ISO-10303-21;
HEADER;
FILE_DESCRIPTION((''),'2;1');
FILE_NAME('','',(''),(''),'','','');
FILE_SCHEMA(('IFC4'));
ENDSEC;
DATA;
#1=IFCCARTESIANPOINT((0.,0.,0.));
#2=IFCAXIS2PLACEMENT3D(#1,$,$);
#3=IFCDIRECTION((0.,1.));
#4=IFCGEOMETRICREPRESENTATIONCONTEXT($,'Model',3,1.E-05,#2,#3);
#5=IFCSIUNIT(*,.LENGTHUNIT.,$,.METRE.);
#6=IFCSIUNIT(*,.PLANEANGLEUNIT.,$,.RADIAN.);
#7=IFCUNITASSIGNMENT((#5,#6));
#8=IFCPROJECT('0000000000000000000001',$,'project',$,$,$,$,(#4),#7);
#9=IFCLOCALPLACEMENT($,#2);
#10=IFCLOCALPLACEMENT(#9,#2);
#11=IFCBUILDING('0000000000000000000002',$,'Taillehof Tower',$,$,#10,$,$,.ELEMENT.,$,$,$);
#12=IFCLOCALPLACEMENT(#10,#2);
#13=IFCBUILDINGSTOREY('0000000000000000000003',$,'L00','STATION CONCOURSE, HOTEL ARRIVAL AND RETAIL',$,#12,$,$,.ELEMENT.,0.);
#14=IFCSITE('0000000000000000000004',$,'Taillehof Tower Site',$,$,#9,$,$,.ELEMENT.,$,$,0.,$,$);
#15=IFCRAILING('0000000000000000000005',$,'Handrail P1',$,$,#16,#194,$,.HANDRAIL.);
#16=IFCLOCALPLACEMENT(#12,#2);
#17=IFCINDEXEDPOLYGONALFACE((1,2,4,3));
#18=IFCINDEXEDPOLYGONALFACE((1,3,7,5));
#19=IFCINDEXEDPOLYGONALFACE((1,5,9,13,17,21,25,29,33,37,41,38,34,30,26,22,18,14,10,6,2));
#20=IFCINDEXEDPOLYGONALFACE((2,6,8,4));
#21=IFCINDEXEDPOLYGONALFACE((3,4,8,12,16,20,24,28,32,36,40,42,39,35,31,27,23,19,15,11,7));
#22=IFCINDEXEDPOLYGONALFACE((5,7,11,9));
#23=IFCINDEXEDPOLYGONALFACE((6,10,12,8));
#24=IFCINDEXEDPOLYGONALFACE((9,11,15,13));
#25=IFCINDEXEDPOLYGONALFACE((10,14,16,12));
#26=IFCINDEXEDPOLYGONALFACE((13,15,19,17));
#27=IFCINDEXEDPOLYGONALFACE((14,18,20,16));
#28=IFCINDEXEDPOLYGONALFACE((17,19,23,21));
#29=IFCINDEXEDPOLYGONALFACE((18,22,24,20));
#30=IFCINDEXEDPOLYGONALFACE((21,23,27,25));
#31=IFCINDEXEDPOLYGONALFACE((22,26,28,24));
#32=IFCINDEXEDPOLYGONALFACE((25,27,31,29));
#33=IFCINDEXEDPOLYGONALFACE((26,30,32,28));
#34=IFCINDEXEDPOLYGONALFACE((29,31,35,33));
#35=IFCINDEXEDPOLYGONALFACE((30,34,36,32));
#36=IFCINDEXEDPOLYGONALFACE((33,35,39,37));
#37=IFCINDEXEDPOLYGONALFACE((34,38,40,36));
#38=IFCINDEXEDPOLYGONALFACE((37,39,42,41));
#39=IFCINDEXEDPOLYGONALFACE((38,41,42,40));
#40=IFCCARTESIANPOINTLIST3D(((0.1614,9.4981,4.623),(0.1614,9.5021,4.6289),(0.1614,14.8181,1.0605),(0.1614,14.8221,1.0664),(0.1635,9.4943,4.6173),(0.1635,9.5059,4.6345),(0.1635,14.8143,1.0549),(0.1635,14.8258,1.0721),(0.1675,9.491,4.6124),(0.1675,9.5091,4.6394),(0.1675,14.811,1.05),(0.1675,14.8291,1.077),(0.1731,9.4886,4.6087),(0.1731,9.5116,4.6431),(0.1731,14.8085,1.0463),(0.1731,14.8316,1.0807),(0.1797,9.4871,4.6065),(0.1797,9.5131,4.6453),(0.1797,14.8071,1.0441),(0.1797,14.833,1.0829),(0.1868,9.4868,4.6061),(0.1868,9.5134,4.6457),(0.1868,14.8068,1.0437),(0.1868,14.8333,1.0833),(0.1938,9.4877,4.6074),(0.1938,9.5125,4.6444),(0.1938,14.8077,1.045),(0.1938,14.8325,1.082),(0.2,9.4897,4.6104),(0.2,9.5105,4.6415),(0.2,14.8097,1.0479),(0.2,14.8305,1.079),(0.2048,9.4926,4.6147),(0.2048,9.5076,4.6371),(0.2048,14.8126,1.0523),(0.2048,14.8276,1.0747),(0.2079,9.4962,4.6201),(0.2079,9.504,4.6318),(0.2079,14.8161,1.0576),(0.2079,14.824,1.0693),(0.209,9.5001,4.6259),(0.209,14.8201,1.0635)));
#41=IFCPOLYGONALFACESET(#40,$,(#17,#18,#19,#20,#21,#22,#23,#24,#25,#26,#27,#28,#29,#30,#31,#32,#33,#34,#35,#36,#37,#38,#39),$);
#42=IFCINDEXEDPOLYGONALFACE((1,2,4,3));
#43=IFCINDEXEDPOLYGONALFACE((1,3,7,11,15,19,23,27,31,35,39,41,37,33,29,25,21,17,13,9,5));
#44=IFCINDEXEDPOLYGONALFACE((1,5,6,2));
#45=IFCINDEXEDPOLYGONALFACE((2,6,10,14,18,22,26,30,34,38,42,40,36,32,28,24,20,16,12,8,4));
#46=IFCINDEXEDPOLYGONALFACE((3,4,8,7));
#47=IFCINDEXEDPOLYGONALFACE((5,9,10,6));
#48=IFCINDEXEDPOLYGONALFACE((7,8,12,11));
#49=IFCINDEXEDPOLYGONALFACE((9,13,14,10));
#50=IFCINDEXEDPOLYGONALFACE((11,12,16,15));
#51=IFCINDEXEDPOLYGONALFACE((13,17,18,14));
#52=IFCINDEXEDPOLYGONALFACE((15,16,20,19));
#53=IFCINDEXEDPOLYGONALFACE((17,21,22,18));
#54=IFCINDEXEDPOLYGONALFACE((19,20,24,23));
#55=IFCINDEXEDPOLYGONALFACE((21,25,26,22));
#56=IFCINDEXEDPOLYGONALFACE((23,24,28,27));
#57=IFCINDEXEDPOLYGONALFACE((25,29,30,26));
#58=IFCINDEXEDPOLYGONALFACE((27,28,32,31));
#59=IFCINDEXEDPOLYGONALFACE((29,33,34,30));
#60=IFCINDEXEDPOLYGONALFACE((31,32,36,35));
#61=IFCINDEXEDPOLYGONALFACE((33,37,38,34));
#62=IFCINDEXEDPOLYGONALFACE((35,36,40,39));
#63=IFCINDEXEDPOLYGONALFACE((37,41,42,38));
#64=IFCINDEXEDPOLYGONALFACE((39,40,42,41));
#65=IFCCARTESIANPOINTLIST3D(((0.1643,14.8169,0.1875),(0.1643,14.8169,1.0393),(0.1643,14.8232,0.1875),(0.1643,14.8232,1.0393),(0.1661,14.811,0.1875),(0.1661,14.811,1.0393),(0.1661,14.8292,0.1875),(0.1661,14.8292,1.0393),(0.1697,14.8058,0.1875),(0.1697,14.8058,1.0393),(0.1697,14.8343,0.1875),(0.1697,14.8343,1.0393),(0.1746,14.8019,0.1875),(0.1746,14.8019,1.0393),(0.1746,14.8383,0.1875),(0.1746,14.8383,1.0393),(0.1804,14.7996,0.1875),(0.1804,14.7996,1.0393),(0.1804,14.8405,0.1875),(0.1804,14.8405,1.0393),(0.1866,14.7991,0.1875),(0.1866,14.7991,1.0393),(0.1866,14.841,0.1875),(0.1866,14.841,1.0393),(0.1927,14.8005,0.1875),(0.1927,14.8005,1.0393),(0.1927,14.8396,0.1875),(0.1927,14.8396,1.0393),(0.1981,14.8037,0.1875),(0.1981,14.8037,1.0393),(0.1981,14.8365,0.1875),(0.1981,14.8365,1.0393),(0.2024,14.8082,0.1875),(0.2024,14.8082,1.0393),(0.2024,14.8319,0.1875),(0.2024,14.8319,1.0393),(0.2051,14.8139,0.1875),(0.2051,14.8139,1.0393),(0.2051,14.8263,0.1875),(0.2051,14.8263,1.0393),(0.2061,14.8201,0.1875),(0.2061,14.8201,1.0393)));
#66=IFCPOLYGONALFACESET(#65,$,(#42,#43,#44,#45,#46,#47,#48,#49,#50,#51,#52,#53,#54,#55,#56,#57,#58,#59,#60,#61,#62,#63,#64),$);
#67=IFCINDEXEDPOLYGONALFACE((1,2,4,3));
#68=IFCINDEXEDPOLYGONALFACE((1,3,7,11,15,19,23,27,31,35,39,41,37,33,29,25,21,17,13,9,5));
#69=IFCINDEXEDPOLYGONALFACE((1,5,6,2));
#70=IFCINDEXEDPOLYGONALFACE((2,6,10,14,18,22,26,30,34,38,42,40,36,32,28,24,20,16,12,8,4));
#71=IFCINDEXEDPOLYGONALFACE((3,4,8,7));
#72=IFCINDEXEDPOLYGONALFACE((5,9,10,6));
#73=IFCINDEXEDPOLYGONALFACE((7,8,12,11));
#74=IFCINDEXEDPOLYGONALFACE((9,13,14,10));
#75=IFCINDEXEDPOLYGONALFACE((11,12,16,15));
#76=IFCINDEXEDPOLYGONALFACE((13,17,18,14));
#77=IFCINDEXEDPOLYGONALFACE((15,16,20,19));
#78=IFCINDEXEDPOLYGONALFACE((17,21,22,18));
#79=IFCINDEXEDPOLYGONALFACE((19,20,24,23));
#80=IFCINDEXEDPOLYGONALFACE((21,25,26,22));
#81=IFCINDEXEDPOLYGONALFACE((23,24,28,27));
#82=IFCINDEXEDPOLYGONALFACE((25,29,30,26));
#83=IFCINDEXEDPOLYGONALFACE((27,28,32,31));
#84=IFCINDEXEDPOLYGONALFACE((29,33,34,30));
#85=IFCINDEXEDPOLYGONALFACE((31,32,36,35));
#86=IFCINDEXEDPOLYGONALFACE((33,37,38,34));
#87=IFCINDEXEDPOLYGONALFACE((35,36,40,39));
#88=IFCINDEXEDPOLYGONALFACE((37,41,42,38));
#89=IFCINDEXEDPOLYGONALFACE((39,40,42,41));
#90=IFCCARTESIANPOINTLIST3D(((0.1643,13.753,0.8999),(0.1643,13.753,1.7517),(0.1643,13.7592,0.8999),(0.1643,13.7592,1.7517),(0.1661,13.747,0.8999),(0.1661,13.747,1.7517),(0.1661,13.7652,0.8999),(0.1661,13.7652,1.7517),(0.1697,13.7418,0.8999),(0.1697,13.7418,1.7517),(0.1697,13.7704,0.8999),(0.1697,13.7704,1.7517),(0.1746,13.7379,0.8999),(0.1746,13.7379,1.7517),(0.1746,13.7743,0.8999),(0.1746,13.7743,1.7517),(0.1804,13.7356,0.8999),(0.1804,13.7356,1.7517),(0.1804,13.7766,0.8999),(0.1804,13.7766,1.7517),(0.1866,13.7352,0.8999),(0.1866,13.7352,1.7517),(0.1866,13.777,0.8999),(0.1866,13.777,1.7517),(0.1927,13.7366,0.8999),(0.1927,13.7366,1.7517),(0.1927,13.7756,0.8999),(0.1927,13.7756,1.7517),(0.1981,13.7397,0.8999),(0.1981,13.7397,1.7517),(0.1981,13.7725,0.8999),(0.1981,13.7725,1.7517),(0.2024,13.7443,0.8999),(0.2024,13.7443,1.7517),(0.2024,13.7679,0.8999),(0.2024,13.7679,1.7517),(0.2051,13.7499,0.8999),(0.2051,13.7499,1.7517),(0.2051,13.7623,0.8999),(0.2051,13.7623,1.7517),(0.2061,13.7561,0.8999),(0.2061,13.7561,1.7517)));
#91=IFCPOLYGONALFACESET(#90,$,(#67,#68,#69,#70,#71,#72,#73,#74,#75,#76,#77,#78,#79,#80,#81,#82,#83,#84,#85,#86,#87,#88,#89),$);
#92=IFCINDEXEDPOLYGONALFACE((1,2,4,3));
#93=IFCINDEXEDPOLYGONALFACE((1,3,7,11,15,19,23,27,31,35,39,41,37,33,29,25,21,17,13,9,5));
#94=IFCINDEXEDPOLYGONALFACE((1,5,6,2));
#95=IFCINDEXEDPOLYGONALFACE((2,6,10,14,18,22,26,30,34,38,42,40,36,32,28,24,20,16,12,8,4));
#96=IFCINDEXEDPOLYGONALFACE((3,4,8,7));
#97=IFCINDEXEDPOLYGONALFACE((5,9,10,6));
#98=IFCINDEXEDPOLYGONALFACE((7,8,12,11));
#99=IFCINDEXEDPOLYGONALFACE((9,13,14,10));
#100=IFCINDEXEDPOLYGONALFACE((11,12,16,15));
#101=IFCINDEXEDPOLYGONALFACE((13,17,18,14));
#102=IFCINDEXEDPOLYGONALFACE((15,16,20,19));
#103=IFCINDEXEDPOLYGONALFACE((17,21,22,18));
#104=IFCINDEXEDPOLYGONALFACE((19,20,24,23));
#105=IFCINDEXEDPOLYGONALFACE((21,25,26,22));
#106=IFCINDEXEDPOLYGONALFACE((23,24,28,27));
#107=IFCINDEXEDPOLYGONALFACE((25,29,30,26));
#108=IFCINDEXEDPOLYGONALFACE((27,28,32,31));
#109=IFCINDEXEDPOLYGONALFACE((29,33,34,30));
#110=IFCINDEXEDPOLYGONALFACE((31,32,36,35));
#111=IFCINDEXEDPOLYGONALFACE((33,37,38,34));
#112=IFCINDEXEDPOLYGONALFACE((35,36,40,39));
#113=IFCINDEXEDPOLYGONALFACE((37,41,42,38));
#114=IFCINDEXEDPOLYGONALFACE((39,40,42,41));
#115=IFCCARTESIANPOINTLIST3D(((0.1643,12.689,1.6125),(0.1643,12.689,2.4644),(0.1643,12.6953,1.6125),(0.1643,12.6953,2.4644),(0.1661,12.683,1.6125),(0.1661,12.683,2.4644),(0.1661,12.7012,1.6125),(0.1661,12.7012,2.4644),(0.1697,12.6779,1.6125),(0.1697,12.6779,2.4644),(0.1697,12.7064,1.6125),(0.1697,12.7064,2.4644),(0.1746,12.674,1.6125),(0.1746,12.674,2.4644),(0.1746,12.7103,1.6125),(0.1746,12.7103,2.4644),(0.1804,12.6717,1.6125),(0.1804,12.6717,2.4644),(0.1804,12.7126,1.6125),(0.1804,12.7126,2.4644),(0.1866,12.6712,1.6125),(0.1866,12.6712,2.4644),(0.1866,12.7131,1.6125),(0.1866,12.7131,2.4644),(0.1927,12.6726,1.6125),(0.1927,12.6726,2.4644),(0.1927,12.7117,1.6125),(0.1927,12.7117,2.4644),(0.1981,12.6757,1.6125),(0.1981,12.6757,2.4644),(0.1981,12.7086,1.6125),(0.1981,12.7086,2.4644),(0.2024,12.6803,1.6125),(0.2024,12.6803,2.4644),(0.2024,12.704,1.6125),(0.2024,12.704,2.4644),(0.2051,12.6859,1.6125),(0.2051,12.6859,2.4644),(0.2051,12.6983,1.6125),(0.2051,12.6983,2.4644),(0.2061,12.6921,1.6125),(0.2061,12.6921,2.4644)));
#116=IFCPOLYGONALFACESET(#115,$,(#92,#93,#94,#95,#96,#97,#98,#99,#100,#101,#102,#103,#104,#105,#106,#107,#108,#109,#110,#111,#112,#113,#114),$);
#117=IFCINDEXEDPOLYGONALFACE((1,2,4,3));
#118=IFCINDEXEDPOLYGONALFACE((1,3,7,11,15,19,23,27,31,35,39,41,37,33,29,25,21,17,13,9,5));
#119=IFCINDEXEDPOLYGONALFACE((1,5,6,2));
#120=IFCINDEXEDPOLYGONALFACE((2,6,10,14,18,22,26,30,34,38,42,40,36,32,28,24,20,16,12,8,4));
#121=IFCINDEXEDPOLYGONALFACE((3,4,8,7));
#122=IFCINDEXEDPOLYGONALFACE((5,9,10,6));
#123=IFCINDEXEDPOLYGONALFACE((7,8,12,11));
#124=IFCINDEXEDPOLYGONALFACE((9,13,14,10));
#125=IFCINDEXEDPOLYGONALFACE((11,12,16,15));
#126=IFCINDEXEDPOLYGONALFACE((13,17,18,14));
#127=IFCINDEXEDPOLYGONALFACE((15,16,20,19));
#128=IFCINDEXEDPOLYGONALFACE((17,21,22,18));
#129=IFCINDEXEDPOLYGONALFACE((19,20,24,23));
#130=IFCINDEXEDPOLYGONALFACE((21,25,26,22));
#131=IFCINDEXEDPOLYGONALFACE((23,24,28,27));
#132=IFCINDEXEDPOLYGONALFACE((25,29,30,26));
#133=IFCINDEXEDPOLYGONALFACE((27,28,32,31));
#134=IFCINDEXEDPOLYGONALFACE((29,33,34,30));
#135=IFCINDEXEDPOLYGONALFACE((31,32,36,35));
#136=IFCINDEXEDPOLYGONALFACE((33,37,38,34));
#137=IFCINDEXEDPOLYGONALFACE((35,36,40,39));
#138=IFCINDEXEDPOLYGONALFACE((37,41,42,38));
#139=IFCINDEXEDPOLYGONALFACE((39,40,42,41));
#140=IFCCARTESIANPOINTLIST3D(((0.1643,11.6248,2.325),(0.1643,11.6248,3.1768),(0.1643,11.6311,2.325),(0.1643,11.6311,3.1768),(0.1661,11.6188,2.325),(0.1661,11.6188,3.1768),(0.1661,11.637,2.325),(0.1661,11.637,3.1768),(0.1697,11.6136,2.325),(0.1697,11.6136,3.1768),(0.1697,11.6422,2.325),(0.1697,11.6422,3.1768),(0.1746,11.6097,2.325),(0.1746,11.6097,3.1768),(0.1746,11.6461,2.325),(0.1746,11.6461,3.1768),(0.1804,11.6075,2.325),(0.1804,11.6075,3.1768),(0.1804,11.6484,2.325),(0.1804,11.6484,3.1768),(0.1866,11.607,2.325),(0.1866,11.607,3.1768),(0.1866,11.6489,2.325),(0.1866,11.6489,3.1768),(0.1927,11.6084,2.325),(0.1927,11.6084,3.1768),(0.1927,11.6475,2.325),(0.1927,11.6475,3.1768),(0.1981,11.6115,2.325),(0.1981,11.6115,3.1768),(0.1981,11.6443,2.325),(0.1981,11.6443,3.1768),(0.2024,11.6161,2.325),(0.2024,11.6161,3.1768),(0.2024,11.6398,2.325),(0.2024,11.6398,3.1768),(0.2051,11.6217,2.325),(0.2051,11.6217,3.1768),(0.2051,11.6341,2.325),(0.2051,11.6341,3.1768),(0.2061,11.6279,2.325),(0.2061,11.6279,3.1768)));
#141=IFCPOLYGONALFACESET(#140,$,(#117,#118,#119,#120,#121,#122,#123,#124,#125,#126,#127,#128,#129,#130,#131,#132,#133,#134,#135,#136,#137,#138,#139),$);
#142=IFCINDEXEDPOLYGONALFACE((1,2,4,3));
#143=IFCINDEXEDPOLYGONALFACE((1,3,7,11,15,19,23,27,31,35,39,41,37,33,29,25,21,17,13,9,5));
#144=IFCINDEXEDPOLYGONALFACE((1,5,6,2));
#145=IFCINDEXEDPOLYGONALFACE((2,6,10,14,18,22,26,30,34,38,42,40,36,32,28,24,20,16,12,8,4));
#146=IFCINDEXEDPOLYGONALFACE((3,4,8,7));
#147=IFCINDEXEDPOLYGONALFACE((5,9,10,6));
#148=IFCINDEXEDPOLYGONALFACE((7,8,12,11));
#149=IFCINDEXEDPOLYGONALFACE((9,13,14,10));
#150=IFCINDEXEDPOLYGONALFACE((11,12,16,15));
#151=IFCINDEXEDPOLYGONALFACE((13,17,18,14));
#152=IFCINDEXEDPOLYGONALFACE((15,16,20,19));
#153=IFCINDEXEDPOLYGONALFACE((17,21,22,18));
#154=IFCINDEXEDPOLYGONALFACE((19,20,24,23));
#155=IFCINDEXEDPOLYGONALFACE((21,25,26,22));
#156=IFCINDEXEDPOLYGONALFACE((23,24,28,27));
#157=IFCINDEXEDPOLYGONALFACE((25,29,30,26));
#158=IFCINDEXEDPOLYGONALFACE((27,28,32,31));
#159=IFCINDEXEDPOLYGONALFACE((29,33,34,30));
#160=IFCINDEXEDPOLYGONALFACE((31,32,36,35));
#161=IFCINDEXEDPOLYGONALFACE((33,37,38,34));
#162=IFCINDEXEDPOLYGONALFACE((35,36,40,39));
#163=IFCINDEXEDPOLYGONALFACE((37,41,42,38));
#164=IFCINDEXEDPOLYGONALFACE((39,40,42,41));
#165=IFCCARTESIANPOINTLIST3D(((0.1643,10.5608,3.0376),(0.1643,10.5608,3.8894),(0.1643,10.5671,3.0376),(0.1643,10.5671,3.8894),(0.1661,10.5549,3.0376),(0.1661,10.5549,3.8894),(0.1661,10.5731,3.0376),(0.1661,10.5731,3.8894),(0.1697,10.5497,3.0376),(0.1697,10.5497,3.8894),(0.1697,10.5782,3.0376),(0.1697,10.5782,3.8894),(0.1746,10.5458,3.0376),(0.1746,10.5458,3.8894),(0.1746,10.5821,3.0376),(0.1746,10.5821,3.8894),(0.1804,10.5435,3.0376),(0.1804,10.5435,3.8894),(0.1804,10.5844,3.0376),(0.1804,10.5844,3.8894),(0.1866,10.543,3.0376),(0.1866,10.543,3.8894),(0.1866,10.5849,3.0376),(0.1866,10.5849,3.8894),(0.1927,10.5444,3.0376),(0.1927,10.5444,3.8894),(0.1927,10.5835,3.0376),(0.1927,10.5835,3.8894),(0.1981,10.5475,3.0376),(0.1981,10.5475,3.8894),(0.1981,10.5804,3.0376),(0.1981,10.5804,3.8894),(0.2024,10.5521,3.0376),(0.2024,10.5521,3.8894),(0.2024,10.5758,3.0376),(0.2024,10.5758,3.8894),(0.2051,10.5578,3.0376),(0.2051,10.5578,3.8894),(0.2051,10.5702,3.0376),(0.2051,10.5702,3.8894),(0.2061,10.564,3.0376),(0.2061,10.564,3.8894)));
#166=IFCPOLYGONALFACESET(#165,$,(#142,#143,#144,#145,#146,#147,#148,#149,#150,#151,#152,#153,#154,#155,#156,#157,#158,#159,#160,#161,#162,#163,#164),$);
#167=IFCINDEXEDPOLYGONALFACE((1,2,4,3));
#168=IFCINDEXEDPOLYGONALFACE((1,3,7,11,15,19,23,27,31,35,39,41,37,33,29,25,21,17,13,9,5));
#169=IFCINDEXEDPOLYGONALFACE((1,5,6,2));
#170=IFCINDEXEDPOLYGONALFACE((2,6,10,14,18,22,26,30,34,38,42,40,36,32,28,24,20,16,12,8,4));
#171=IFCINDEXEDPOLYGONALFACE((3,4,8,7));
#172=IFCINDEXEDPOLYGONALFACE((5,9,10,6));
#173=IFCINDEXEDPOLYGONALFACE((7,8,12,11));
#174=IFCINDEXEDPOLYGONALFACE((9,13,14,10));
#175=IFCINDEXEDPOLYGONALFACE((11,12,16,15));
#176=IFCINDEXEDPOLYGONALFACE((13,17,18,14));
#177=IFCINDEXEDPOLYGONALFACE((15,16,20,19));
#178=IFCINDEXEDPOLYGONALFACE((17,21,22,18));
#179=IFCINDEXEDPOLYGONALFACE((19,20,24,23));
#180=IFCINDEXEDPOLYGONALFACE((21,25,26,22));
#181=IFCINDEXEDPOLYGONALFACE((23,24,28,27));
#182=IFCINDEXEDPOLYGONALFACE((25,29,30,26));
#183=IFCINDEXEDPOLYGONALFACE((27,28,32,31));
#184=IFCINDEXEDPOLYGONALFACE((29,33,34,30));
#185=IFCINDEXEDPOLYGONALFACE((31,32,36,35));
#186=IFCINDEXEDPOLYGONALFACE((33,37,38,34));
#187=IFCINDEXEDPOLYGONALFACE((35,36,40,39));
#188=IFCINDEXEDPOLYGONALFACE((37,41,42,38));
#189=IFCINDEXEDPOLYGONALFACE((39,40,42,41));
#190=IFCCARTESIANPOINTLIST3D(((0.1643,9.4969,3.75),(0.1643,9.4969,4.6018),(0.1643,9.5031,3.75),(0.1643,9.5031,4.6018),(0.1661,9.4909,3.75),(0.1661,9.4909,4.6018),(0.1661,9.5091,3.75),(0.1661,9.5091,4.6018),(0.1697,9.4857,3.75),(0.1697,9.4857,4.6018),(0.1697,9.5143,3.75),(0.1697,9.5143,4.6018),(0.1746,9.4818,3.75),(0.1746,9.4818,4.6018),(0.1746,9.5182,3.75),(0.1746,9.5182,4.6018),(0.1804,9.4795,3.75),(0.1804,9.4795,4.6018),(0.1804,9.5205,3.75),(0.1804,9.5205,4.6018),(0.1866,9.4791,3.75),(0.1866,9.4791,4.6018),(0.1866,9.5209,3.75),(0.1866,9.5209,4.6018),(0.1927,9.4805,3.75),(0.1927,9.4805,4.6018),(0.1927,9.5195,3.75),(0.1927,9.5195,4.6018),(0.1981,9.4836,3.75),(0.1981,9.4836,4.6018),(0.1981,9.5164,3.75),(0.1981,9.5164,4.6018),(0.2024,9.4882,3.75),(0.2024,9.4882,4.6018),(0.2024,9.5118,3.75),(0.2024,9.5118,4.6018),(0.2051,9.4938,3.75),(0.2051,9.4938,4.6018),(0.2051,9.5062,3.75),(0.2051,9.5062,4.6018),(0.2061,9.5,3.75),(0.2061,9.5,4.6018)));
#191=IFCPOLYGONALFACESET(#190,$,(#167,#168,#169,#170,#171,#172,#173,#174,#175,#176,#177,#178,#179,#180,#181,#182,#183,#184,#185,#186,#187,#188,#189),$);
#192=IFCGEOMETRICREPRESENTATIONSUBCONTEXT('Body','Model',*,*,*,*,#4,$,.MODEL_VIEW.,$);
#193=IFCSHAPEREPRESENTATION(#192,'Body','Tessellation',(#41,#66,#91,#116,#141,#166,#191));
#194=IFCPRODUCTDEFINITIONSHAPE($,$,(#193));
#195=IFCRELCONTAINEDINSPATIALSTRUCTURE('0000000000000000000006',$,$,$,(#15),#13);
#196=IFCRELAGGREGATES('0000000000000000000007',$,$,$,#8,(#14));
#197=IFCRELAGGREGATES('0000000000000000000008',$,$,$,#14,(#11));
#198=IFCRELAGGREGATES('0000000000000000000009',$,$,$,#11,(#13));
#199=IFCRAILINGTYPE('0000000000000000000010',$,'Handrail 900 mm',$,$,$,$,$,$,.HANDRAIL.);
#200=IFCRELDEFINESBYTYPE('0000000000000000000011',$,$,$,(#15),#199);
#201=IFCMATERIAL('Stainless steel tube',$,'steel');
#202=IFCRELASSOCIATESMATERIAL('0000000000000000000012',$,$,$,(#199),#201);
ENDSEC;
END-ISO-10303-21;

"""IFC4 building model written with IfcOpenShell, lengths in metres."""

from ifc_helpers import new_model, si_unit, direction, frame, origin, origin_2d, place, context, subcontext, project, spatial, circle, extrude, material, type_object, element, save


model = new_model("IFC4")

# Units and contexts
model_context = context("Model", 3, precision=1e-05, world=origin(), true_north=direction((0.0, 1.0)))
body_context = subcontext(model_context, "Body", "Model", "MODEL_VIEW")
ifc_project = project(units=[si_unit("LENGTHUNIT", "METRE"), si_unit("PLANEANGLEUNIT", "RADIAN")], contexts=[model_context])

# Site, building, storey
site_placement = place(None, origin())
site = spatial("IfcSite", under=ifc_project, at=site_placement, Name="Taillehof Tower Site", CompositionType="ELEMENT", RefElevation=0.0)
building_placement = place(site_placement, origin())
building = spatial("IfcBuilding", under=site, at=building_placement, Name="Taillehof Tower", CompositionType="ELEMENT")
storey_placement = place(building_placement, origin())
storey = spatial("IfcBuildingStorey", under=building, at=storey_placement, Name="L00", Description="STATION CONCOURSE, HOTEL ARRIVAL AND RETAIL", CompositionType="ELEMENT", Elevation=0.0)

# Railing
ifc_material_1 = material(Name="Stainless steel tube", Category="steel")
railing_type_1 = type_object("IfcRailingType", Name="Handrail 900 mm", PredefinedType="HANDRAIL", material=ifc_material_1)
for number, where, name in (
    (1, (0.1851, 14.8201, 0.1875), "Handrail P1"),
):
    element("IfcRailing", number, at=place(storey_placement, frame(where)), inside=storey, type_object=railing_type_1, Name=name, PredefinedType="HANDRAIL", context=body_context, shape_type="SweptSolid", body=[
        extrude(circle(Radius=0.0239, at=origin_2d()), frame((0.0, 0.0, 0.876), z_axis=(0.0, -0.83091, 0.556406), x_axis=(1.0, 0.0, 0.0)), (0.0, 0.0, 1.0), 6.4026),
        extrude(circle(Radius=0.021, at=origin_2d()), origin(), (0.0, 0.0, 1.0), 0.8518),
        extrude(circle(Radius=0.021, at=origin_2d()), frame((0.0, -1.064, 0.7124)), (0.0, 0.0, 1.0), 0.8518),
        extrude(circle(Radius=0.021, at=origin_2d()), frame((0.0, -2.1279, 1.425)), (0.0, 0.0, 1.0), 0.8518),
        extrude(circle(Radius=0.021, at=origin_2d()), frame((0.0, -3.1921, 2.1375)), (0.0, 0.0, 1.0), 0.8518),
        extrude(circle(Radius=0.021, at=origin_2d()), frame((0.0, -4.2561, 2.8501)), (0.0, 0.0, 1.0), 0.8518),
        extrude(circle(Radius=0.021, at=origin_2d()), frame((0.0, -5.3201, 3.5625)), (0.0, 0.0, 1.0), 0.8518),
    ])

save(model, "model.ifc")
